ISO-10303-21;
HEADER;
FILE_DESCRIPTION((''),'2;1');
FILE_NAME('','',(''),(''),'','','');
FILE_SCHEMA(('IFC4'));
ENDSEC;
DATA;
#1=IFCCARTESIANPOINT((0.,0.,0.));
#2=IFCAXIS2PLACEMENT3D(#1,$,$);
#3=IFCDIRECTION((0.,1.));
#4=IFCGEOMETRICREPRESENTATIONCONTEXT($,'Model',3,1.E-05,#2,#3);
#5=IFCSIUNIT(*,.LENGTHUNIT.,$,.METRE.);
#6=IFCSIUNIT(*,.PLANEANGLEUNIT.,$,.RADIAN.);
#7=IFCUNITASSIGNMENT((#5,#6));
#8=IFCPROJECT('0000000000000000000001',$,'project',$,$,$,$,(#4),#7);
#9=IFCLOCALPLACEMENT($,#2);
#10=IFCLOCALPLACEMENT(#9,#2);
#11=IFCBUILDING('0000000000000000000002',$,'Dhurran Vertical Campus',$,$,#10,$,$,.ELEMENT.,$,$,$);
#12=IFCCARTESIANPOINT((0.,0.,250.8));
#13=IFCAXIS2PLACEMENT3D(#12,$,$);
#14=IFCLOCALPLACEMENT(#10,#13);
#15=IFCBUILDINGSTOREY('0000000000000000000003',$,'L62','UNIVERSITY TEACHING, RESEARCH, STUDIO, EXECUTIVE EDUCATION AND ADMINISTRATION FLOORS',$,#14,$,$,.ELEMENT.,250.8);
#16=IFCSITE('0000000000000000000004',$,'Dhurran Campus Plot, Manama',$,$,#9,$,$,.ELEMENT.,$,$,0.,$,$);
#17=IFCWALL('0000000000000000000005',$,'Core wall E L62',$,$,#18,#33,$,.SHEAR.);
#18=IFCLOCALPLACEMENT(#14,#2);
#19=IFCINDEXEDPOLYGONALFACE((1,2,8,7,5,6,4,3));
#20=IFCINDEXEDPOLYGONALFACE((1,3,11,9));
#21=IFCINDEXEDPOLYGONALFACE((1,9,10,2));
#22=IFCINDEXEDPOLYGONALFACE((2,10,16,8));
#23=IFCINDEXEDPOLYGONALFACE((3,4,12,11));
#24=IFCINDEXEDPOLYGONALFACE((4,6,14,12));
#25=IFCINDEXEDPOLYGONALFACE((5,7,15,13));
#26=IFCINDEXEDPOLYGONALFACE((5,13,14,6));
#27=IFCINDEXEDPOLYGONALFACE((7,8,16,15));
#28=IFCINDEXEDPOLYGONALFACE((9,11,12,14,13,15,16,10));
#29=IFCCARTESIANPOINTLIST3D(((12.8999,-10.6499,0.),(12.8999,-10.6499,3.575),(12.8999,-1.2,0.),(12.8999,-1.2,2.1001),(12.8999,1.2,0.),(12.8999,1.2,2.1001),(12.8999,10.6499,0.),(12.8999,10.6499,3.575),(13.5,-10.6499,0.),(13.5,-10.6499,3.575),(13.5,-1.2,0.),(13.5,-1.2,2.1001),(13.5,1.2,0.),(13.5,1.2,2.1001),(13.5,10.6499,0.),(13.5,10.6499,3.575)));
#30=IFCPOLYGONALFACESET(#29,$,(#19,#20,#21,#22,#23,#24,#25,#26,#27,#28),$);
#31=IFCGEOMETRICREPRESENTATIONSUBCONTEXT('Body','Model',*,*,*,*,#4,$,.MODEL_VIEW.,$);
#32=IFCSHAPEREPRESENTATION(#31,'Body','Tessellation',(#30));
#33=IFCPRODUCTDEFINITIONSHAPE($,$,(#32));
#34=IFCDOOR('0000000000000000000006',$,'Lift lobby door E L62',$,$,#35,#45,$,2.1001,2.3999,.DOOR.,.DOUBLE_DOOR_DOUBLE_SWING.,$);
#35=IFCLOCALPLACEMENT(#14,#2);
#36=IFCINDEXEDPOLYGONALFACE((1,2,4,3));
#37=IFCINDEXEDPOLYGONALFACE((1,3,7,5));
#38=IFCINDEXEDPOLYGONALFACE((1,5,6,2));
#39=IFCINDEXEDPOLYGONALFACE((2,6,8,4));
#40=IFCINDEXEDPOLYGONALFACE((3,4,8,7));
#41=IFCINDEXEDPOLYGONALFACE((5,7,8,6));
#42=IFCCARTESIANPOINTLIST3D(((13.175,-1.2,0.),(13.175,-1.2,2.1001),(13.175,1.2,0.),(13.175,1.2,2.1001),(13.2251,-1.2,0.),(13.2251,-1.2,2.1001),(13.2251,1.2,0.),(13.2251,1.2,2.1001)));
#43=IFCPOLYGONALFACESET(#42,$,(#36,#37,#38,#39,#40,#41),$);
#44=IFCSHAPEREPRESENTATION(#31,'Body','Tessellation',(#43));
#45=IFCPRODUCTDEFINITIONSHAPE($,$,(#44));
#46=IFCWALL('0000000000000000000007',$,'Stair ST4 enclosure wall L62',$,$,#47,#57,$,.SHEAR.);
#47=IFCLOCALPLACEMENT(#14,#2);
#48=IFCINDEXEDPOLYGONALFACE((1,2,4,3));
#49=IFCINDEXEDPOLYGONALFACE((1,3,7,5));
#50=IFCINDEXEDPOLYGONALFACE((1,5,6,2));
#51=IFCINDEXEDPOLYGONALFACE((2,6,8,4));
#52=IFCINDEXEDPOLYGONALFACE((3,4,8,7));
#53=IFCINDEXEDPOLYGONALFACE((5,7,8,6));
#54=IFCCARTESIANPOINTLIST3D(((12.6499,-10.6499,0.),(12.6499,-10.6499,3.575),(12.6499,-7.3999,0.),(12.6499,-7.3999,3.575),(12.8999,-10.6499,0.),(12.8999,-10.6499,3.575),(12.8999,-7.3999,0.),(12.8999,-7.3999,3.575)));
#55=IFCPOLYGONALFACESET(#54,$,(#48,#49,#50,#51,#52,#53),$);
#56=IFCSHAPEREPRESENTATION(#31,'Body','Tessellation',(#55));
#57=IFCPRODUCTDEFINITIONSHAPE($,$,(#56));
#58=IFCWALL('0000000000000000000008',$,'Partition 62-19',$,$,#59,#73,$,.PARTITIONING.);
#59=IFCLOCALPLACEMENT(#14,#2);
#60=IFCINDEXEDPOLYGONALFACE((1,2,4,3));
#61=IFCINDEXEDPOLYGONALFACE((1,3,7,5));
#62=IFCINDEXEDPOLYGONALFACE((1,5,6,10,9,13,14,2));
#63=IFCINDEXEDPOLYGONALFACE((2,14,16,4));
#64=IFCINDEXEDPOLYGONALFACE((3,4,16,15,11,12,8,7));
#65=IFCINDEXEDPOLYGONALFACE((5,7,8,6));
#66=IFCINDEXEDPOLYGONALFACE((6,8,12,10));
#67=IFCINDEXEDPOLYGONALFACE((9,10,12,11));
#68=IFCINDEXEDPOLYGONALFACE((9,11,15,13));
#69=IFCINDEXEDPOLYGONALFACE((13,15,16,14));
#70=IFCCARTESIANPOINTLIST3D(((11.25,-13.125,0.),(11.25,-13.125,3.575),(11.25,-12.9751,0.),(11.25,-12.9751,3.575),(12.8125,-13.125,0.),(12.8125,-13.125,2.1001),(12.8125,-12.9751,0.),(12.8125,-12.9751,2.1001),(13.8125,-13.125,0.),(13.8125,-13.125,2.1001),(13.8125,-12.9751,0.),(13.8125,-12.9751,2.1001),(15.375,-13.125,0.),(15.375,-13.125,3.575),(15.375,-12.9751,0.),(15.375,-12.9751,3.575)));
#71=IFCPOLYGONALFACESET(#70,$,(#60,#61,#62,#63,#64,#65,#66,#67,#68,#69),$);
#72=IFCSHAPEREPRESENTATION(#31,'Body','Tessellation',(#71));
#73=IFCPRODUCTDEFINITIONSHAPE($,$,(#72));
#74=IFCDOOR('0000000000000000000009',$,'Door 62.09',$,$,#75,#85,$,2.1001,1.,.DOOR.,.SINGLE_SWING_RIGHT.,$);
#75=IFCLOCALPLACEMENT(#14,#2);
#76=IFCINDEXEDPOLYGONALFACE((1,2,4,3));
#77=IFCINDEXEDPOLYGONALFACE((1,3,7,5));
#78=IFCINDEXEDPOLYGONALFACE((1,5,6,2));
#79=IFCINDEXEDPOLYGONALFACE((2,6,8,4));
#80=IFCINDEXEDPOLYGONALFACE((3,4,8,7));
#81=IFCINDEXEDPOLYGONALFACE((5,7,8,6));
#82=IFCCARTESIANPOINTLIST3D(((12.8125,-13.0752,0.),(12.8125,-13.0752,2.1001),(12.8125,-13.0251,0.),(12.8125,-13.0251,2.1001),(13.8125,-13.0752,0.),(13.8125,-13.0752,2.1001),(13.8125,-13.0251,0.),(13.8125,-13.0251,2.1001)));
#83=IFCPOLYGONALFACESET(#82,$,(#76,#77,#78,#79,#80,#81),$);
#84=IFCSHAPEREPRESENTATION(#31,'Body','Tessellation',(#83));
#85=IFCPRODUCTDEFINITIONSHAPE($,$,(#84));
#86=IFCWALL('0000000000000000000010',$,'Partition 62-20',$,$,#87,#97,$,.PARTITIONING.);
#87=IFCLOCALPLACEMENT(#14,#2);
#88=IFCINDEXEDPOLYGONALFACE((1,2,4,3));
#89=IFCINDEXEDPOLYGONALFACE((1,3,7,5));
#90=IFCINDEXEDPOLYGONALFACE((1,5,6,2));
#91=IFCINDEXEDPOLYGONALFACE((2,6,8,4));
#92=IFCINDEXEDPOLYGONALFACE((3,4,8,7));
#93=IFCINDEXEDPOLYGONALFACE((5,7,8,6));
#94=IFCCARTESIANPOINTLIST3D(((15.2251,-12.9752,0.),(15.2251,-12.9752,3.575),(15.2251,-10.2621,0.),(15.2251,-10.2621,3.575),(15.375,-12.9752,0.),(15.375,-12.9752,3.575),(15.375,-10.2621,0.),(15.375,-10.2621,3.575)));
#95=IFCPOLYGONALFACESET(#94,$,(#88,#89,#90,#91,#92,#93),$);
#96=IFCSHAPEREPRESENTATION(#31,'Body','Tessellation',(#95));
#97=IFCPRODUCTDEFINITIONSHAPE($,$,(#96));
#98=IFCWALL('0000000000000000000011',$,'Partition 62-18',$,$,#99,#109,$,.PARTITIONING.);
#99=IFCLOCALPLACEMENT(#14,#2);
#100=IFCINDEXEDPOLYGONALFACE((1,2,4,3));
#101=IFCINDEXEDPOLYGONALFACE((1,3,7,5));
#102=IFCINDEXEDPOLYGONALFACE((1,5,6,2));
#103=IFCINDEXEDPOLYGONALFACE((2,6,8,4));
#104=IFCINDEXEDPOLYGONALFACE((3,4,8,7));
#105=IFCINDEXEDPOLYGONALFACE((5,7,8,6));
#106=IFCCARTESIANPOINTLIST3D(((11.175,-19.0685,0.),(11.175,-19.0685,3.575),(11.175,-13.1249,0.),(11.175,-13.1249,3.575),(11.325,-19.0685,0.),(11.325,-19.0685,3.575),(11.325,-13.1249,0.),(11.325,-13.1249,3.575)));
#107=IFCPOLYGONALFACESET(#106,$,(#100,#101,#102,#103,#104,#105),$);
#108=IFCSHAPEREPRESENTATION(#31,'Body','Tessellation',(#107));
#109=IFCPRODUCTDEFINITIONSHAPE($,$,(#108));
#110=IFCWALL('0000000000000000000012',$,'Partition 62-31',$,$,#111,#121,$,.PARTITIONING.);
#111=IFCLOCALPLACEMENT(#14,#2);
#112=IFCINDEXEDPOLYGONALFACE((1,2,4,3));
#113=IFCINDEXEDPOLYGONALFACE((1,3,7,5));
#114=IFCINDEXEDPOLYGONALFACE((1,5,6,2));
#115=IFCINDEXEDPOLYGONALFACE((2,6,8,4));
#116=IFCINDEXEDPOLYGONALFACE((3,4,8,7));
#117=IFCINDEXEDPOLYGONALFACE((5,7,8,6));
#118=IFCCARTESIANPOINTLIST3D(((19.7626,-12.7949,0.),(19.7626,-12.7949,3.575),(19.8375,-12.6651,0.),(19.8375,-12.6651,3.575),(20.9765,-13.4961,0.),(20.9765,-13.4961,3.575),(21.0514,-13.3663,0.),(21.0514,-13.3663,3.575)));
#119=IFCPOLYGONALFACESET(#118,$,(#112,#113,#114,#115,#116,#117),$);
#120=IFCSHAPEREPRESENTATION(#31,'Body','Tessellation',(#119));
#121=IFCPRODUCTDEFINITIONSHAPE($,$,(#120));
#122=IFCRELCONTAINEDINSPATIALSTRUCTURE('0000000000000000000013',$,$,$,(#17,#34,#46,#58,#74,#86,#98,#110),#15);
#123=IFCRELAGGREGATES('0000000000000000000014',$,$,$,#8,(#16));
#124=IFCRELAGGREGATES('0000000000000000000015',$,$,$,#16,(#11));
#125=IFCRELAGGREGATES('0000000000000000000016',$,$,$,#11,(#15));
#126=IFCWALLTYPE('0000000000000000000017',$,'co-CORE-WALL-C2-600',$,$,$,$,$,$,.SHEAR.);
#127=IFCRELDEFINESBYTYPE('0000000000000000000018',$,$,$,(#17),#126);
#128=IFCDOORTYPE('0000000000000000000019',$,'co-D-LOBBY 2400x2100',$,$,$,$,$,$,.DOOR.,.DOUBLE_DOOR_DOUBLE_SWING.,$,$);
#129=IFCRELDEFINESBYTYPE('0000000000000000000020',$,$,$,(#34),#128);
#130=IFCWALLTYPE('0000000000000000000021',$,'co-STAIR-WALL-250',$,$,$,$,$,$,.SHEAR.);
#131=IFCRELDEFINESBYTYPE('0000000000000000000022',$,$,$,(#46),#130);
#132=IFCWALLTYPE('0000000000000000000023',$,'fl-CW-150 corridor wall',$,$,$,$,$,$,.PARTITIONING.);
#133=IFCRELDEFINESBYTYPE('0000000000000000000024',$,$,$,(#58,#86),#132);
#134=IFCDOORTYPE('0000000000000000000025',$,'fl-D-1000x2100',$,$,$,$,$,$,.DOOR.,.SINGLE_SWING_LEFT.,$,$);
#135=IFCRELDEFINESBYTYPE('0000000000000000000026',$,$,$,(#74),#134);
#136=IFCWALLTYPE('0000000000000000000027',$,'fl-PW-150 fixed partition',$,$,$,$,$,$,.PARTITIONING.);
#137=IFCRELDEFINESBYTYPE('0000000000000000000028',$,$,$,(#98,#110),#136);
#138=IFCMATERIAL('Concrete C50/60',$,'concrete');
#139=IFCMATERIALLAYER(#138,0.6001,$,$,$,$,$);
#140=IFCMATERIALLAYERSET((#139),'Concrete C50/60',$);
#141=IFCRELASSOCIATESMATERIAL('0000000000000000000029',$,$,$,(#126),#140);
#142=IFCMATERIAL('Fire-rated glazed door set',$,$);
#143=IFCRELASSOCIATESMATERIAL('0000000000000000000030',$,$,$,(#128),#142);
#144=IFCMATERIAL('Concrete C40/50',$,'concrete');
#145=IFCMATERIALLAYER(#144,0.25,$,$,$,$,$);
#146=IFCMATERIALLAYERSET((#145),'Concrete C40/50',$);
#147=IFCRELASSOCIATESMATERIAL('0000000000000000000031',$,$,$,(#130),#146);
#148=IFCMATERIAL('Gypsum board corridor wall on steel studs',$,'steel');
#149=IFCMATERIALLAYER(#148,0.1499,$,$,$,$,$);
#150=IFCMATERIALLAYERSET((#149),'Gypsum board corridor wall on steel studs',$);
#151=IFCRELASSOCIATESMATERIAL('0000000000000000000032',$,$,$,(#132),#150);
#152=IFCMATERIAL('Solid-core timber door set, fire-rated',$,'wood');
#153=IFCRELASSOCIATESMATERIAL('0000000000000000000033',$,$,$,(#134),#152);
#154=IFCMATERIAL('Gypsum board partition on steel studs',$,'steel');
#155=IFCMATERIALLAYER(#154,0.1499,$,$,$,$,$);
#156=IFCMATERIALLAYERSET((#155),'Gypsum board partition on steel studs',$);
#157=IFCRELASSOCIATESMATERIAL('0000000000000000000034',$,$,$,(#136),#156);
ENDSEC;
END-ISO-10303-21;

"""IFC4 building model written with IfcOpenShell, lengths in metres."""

from ifc_helpers import new_model, si_unit, direction, frame, frame_2d, origin, place, context, subcontext, project, spatial, rectangle, extrude, material, layer, layer_set, type_object, element, fill, save


model = new_model("IFC4")

# Units and contexts
model_context = context("Model", 3, precision=1e-05, world=origin(), true_north=direction((0.0, 1.0)))
body_context = subcontext(model_context, "Body", "Model", "MODEL_VIEW")
ifc_project = project(units=[si_unit("LENGTHUNIT", "METRE"), si_unit("PLANEANGLEUNIT", "RADIAN")], contexts=[model_context])

# Site, building, storey
site_placement = place(None, origin())
site = spatial("IfcSite", under=ifc_project, at=site_placement, Name="Dhurran Campus Plot, Manama", CompositionType="ELEMENT", RefElevation=0.0)
building_placement = place(site_placement, origin())
building = spatial("IfcBuilding", under=site, at=building_placement, Name="Dhurran Vertical Campus", CompositionType="ELEMENT")
storey_placement = place(building_placement, frame((0.0, 0.0, 250.8)))
storey = spatial("IfcBuildingStorey", under=building, at=storey_placement, Name="L62", Description="UNIVERSITY TEACHING, RESEARCH, STUDIO, EXECUTIVE EDUCATION AND ADMINISTRATION FLOORS", CompositionType="ELEMENT", Elevation=250.8)

# Wall, opening, door
ifc_material_1 = material(Name="Concrete C50/60", Category="concrete")
ifc_layer_1 = layer(ifc_material_1, 0.6001)
ifc_layer_set_1 = layer_set([ifc_layer_1], Name="Concrete C50/60")
wall_type_1 = type_object("IfcWallType", Name="co-CORE-WALL-C2-600", PredefinedType="SHEAR", material=ifc_layer_set_1)
wall_1_placement = place(storey_placement, frame((13.2, -10.6499, 0.0), z_axis=(0.0, 0.0, 1.0), x_axis=(0.0, 1.0, 0.0)))
wall_1 = element("IfcWall", 1, at=wall_1_placement, inside=storey, type_object=wall_type_1, Name="Core wall E L62", PredefinedType="SHEAR", context=body_context, shape_type="SweptSolid", body=[
    extrude(rectangle(XDim=21.2998, YDim=0.6001, at=frame_2d((10.6499, 0.0))), origin(), (0.0, 0.0, 1.0), 3.575),
])
opening_1_placement = place(wall_1_placement, frame((9.45, 0.0, 0.0)))
opening_1 = element("IfcOpeningElement", 2, at=opening_1_placement, cuts=wall_1, PredefinedType="OPENING", context=body_context, shape_type="SweptSolid", body=[
    extrude(rectangle(XDim=2.3999, YDim=2.1001, at=frame_2d((1.2, 1.05))), frame((0.0, 0.3101, 0.0), z_axis=(0.0, -1.0, 0.0), x_axis=(1.0, 0.0, 0.0)), (0.0, 0.0, 1.0), 0.6201),
])
ifc_material_2 = material(Name="Fire-rated glazed door set")
door_type_1 = type_object("IfcDoorType", Name="co-D-LOBBY 2400x2100", OperationType="DOUBLE_DOOR_DOUBLE_SWING", PredefinedType="DOOR", material=ifc_material_2)
door_1_placement = place(opening_1_placement, origin())
door_1 = element("IfcDoor", 3, at=door_1_placement, inside=storey, type_object=door_type_1, Name="Lift lobby door E L62", OperationType="DOUBLE_DOOR_DOUBLE_SWING", OverallHeight=2.1001, OverallWidth=2.3999, PredefinedType="DOOR", context=body_context, shape_type="SweptSolid", body=[
    extrude(rectangle(XDim=2.3999, YDim=2.1001, at=frame_2d((1.2, 1.05))), frame((0.0, 0.0249, 0.0), z_axis=(0.0, -1.0, 0.0), x_axis=(1.0, 0.0, 0.0)), (0.0, 0.0, 1.0), 0.05),
])
fill(opening_1, door_1)

# Wall
ifc_material_3 = material(Name="Concrete C40/50", Category="concrete")
ifc_layer_2 = layer(ifc_material_3, 0.25)
ifc_layer_set_2 = layer_set([ifc_layer_2], Name="Concrete C40/50")
wall_type_2 = type_object("IfcWallType", Name="co-STAIR-WALL-250", PredefinedType="SHEAR", material=ifc_layer_set_2)
wall_2_placement = place(storey_placement, frame((12.7749, -10.6499, 0.0), z_axis=(0.0, 0.0, 1.0), x_axis=(0.0, 1.0, 0.0)))
element("IfcWall", 4, at=wall_2_placement, inside=storey, type_object=wall_type_2, Name="Stair ST4 enclosure wall L62", PredefinedType="SHEAR", context=body_context, shape_type="SweptSolid", body=[
    extrude(rectangle(XDim=3.25, YDim=0.25, at=frame_2d((1.625, 0.0))), origin(), (0.0, 0.0, 1.0), 3.575),
])

# Wall, opening, door
ifc_material_4 = material(Name="Gypsum board corridor wall on steel studs", Category="steel")
ifc_layer_3 = layer(ifc_material_4, 0.1499)
ifc_layer_set_3 = layer_set([ifc_layer_3], Name="Gypsum board corridor wall on steel studs")
wall_type_3 = type_object("IfcWallType", Name="fl-CW-150 corridor wall", PredefinedType="PARTITIONING", material=ifc_layer_set_3)
wall_3_placement = place(storey_placement, frame((11.25, -13.05, 0.0), z_axis=(0.0, 0.0, 1.0), x_axis=(1.0, 0.0, 0.0)))
wall_3 = element("IfcWall", 5, at=wall_3_placement, inside=storey, type_object=wall_type_3, Name="Partition 62-19", PredefinedType="PARTITIONING", context=body_context, shape_type="SweptSolid", body=[
    extrude(rectangle(XDim=4.125, YDim=0.1499, at=frame_2d((2.0625, 0.0))), origin(), (0.0, 0.0, 1.0), 3.575),
])
opening_2_placement = place(wall_3_placement, frame((1.5625, 0.0, 0.0)))
opening_2 = element("IfcOpeningElement", 6, at=opening_2_placement, cuts=wall_3, PredefinedType="OPENING", context=body_context, shape_type="SweptSolid", body=[
    extrude(rectangle(XDim=1.0, YDim=2.1001, at=frame_2d((0.5, 1.05))), frame((0.0, 0.085, 0.0), z_axis=(0.0, -1.0, 0.0), x_axis=(1.0, 0.0, 0.0)), (0.0, 0.0, 1.0), 0.1699),
])
ifc_material_5 = material(Name="Solid-core timber door set, fire-rated", Category="wood")
door_type_2 = type_object("IfcDoorType", Name="fl-D-1000x2100", OperationType="SINGLE_SWING_LEFT", PredefinedType="DOOR", material=ifc_material_5)
door_2_placement = place(opening_2_placement, origin())
door_2 = element("IfcDoor", 7, at=door_2_placement, inside=storey, type_object=door_type_2, Name="Door 62.09", OperationType="SINGLE_SWING_RIGHT", OverallHeight=2.1001, OverallWidth=1.0, PredefinedType="DOOR", context=body_context, shape_type="SweptSolid", body=[
    extrude(rectangle(XDim=1.0, YDim=2.1001, at=frame_2d((0.5, 1.05))), frame((0.0, 0.0249, 0.0), z_axis=(0.0, -1.0, 0.0), x_axis=(1.0, 0.0, 0.0)), (0.0, 0.0, 1.0), 0.05),
])
fill(opening_2, door_2)

# Walls
wall_4_placement = place(storey_placement, frame((15.3, -12.9751, 0.0), z_axis=(0.0, 0.0, 1.0), x_axis=(0.0, 1.0, 0.0)))
element("IfcWall", 8, at=wall_4_placement, inside=storey, type_object=wall_type_3, Name="Partition 62-20", PredefinedType="PARTITIONING", context=body_context, shape_type="SweptSolid", body=[
    extrude(rectangle(XDim=2.7131, YDim=0.1499, at=frame_2d((1.3564, 0.0))), origin(), (0.0, 0.0, 1.0), 3.575),
])
ifc_material_6 = material(Name="Gypsum board partition on steel studs", Category="steel")
ifc_layer_4 = layer(ifc_material_6, 0.1499)
ifc_layer_set_4 = layer_set([ifc_layer_4], Name="Gypsum board partition on steel studs")
wall_type_4 = type_object("IfcWallType", Name="fl-PW-150 fixed partition", PredefinedType="PARTITIONING", material=ifc_layer_set_4)
wall_5_placement = place(storey_placement, frame((11.25, -13.125, 0.0), z_axis=(0.0, 0.0, 1.0), x_axis=(0.0, -1.0, 0.0)))
element("IfcWall", 9, at=wall_5_placement, inside=storey, type_object=wall_type_4, Name="Partition 62-18", PredefinedType="PARTITIONING", context=body_context, shape_type="SweptSolid", body=[
    extrude(rectangle(XDim=5.9436, YDim=0.1499, at=frame_2d((2.9717, 0.0))), origin(), (0.0, 0.0, 1.0), 3.575),
])
wall_6_placement = place(storey_placement, frame((19.8, -12.73, 0.0), z_axis=(0.0, 0.0, 1.0), x_axis=(0.865919, -0.500185, 0.0)))
element("IfcWall", 10, at=wall_6_placement, inside=storey, type_object=wall_type_4, Name="Partition 62-31", PredefinedType="PARTITIONING", context=body_context, shape_type="SweptSolid", body=[
    extrude(rectangle(XDim=1.4019, YDim=0.1499, at=frame_2d((0.7009, 0.0))), origin(), (0.0, 0.0, 1.0), 3.575),
])

save(model, "model.ifc")
